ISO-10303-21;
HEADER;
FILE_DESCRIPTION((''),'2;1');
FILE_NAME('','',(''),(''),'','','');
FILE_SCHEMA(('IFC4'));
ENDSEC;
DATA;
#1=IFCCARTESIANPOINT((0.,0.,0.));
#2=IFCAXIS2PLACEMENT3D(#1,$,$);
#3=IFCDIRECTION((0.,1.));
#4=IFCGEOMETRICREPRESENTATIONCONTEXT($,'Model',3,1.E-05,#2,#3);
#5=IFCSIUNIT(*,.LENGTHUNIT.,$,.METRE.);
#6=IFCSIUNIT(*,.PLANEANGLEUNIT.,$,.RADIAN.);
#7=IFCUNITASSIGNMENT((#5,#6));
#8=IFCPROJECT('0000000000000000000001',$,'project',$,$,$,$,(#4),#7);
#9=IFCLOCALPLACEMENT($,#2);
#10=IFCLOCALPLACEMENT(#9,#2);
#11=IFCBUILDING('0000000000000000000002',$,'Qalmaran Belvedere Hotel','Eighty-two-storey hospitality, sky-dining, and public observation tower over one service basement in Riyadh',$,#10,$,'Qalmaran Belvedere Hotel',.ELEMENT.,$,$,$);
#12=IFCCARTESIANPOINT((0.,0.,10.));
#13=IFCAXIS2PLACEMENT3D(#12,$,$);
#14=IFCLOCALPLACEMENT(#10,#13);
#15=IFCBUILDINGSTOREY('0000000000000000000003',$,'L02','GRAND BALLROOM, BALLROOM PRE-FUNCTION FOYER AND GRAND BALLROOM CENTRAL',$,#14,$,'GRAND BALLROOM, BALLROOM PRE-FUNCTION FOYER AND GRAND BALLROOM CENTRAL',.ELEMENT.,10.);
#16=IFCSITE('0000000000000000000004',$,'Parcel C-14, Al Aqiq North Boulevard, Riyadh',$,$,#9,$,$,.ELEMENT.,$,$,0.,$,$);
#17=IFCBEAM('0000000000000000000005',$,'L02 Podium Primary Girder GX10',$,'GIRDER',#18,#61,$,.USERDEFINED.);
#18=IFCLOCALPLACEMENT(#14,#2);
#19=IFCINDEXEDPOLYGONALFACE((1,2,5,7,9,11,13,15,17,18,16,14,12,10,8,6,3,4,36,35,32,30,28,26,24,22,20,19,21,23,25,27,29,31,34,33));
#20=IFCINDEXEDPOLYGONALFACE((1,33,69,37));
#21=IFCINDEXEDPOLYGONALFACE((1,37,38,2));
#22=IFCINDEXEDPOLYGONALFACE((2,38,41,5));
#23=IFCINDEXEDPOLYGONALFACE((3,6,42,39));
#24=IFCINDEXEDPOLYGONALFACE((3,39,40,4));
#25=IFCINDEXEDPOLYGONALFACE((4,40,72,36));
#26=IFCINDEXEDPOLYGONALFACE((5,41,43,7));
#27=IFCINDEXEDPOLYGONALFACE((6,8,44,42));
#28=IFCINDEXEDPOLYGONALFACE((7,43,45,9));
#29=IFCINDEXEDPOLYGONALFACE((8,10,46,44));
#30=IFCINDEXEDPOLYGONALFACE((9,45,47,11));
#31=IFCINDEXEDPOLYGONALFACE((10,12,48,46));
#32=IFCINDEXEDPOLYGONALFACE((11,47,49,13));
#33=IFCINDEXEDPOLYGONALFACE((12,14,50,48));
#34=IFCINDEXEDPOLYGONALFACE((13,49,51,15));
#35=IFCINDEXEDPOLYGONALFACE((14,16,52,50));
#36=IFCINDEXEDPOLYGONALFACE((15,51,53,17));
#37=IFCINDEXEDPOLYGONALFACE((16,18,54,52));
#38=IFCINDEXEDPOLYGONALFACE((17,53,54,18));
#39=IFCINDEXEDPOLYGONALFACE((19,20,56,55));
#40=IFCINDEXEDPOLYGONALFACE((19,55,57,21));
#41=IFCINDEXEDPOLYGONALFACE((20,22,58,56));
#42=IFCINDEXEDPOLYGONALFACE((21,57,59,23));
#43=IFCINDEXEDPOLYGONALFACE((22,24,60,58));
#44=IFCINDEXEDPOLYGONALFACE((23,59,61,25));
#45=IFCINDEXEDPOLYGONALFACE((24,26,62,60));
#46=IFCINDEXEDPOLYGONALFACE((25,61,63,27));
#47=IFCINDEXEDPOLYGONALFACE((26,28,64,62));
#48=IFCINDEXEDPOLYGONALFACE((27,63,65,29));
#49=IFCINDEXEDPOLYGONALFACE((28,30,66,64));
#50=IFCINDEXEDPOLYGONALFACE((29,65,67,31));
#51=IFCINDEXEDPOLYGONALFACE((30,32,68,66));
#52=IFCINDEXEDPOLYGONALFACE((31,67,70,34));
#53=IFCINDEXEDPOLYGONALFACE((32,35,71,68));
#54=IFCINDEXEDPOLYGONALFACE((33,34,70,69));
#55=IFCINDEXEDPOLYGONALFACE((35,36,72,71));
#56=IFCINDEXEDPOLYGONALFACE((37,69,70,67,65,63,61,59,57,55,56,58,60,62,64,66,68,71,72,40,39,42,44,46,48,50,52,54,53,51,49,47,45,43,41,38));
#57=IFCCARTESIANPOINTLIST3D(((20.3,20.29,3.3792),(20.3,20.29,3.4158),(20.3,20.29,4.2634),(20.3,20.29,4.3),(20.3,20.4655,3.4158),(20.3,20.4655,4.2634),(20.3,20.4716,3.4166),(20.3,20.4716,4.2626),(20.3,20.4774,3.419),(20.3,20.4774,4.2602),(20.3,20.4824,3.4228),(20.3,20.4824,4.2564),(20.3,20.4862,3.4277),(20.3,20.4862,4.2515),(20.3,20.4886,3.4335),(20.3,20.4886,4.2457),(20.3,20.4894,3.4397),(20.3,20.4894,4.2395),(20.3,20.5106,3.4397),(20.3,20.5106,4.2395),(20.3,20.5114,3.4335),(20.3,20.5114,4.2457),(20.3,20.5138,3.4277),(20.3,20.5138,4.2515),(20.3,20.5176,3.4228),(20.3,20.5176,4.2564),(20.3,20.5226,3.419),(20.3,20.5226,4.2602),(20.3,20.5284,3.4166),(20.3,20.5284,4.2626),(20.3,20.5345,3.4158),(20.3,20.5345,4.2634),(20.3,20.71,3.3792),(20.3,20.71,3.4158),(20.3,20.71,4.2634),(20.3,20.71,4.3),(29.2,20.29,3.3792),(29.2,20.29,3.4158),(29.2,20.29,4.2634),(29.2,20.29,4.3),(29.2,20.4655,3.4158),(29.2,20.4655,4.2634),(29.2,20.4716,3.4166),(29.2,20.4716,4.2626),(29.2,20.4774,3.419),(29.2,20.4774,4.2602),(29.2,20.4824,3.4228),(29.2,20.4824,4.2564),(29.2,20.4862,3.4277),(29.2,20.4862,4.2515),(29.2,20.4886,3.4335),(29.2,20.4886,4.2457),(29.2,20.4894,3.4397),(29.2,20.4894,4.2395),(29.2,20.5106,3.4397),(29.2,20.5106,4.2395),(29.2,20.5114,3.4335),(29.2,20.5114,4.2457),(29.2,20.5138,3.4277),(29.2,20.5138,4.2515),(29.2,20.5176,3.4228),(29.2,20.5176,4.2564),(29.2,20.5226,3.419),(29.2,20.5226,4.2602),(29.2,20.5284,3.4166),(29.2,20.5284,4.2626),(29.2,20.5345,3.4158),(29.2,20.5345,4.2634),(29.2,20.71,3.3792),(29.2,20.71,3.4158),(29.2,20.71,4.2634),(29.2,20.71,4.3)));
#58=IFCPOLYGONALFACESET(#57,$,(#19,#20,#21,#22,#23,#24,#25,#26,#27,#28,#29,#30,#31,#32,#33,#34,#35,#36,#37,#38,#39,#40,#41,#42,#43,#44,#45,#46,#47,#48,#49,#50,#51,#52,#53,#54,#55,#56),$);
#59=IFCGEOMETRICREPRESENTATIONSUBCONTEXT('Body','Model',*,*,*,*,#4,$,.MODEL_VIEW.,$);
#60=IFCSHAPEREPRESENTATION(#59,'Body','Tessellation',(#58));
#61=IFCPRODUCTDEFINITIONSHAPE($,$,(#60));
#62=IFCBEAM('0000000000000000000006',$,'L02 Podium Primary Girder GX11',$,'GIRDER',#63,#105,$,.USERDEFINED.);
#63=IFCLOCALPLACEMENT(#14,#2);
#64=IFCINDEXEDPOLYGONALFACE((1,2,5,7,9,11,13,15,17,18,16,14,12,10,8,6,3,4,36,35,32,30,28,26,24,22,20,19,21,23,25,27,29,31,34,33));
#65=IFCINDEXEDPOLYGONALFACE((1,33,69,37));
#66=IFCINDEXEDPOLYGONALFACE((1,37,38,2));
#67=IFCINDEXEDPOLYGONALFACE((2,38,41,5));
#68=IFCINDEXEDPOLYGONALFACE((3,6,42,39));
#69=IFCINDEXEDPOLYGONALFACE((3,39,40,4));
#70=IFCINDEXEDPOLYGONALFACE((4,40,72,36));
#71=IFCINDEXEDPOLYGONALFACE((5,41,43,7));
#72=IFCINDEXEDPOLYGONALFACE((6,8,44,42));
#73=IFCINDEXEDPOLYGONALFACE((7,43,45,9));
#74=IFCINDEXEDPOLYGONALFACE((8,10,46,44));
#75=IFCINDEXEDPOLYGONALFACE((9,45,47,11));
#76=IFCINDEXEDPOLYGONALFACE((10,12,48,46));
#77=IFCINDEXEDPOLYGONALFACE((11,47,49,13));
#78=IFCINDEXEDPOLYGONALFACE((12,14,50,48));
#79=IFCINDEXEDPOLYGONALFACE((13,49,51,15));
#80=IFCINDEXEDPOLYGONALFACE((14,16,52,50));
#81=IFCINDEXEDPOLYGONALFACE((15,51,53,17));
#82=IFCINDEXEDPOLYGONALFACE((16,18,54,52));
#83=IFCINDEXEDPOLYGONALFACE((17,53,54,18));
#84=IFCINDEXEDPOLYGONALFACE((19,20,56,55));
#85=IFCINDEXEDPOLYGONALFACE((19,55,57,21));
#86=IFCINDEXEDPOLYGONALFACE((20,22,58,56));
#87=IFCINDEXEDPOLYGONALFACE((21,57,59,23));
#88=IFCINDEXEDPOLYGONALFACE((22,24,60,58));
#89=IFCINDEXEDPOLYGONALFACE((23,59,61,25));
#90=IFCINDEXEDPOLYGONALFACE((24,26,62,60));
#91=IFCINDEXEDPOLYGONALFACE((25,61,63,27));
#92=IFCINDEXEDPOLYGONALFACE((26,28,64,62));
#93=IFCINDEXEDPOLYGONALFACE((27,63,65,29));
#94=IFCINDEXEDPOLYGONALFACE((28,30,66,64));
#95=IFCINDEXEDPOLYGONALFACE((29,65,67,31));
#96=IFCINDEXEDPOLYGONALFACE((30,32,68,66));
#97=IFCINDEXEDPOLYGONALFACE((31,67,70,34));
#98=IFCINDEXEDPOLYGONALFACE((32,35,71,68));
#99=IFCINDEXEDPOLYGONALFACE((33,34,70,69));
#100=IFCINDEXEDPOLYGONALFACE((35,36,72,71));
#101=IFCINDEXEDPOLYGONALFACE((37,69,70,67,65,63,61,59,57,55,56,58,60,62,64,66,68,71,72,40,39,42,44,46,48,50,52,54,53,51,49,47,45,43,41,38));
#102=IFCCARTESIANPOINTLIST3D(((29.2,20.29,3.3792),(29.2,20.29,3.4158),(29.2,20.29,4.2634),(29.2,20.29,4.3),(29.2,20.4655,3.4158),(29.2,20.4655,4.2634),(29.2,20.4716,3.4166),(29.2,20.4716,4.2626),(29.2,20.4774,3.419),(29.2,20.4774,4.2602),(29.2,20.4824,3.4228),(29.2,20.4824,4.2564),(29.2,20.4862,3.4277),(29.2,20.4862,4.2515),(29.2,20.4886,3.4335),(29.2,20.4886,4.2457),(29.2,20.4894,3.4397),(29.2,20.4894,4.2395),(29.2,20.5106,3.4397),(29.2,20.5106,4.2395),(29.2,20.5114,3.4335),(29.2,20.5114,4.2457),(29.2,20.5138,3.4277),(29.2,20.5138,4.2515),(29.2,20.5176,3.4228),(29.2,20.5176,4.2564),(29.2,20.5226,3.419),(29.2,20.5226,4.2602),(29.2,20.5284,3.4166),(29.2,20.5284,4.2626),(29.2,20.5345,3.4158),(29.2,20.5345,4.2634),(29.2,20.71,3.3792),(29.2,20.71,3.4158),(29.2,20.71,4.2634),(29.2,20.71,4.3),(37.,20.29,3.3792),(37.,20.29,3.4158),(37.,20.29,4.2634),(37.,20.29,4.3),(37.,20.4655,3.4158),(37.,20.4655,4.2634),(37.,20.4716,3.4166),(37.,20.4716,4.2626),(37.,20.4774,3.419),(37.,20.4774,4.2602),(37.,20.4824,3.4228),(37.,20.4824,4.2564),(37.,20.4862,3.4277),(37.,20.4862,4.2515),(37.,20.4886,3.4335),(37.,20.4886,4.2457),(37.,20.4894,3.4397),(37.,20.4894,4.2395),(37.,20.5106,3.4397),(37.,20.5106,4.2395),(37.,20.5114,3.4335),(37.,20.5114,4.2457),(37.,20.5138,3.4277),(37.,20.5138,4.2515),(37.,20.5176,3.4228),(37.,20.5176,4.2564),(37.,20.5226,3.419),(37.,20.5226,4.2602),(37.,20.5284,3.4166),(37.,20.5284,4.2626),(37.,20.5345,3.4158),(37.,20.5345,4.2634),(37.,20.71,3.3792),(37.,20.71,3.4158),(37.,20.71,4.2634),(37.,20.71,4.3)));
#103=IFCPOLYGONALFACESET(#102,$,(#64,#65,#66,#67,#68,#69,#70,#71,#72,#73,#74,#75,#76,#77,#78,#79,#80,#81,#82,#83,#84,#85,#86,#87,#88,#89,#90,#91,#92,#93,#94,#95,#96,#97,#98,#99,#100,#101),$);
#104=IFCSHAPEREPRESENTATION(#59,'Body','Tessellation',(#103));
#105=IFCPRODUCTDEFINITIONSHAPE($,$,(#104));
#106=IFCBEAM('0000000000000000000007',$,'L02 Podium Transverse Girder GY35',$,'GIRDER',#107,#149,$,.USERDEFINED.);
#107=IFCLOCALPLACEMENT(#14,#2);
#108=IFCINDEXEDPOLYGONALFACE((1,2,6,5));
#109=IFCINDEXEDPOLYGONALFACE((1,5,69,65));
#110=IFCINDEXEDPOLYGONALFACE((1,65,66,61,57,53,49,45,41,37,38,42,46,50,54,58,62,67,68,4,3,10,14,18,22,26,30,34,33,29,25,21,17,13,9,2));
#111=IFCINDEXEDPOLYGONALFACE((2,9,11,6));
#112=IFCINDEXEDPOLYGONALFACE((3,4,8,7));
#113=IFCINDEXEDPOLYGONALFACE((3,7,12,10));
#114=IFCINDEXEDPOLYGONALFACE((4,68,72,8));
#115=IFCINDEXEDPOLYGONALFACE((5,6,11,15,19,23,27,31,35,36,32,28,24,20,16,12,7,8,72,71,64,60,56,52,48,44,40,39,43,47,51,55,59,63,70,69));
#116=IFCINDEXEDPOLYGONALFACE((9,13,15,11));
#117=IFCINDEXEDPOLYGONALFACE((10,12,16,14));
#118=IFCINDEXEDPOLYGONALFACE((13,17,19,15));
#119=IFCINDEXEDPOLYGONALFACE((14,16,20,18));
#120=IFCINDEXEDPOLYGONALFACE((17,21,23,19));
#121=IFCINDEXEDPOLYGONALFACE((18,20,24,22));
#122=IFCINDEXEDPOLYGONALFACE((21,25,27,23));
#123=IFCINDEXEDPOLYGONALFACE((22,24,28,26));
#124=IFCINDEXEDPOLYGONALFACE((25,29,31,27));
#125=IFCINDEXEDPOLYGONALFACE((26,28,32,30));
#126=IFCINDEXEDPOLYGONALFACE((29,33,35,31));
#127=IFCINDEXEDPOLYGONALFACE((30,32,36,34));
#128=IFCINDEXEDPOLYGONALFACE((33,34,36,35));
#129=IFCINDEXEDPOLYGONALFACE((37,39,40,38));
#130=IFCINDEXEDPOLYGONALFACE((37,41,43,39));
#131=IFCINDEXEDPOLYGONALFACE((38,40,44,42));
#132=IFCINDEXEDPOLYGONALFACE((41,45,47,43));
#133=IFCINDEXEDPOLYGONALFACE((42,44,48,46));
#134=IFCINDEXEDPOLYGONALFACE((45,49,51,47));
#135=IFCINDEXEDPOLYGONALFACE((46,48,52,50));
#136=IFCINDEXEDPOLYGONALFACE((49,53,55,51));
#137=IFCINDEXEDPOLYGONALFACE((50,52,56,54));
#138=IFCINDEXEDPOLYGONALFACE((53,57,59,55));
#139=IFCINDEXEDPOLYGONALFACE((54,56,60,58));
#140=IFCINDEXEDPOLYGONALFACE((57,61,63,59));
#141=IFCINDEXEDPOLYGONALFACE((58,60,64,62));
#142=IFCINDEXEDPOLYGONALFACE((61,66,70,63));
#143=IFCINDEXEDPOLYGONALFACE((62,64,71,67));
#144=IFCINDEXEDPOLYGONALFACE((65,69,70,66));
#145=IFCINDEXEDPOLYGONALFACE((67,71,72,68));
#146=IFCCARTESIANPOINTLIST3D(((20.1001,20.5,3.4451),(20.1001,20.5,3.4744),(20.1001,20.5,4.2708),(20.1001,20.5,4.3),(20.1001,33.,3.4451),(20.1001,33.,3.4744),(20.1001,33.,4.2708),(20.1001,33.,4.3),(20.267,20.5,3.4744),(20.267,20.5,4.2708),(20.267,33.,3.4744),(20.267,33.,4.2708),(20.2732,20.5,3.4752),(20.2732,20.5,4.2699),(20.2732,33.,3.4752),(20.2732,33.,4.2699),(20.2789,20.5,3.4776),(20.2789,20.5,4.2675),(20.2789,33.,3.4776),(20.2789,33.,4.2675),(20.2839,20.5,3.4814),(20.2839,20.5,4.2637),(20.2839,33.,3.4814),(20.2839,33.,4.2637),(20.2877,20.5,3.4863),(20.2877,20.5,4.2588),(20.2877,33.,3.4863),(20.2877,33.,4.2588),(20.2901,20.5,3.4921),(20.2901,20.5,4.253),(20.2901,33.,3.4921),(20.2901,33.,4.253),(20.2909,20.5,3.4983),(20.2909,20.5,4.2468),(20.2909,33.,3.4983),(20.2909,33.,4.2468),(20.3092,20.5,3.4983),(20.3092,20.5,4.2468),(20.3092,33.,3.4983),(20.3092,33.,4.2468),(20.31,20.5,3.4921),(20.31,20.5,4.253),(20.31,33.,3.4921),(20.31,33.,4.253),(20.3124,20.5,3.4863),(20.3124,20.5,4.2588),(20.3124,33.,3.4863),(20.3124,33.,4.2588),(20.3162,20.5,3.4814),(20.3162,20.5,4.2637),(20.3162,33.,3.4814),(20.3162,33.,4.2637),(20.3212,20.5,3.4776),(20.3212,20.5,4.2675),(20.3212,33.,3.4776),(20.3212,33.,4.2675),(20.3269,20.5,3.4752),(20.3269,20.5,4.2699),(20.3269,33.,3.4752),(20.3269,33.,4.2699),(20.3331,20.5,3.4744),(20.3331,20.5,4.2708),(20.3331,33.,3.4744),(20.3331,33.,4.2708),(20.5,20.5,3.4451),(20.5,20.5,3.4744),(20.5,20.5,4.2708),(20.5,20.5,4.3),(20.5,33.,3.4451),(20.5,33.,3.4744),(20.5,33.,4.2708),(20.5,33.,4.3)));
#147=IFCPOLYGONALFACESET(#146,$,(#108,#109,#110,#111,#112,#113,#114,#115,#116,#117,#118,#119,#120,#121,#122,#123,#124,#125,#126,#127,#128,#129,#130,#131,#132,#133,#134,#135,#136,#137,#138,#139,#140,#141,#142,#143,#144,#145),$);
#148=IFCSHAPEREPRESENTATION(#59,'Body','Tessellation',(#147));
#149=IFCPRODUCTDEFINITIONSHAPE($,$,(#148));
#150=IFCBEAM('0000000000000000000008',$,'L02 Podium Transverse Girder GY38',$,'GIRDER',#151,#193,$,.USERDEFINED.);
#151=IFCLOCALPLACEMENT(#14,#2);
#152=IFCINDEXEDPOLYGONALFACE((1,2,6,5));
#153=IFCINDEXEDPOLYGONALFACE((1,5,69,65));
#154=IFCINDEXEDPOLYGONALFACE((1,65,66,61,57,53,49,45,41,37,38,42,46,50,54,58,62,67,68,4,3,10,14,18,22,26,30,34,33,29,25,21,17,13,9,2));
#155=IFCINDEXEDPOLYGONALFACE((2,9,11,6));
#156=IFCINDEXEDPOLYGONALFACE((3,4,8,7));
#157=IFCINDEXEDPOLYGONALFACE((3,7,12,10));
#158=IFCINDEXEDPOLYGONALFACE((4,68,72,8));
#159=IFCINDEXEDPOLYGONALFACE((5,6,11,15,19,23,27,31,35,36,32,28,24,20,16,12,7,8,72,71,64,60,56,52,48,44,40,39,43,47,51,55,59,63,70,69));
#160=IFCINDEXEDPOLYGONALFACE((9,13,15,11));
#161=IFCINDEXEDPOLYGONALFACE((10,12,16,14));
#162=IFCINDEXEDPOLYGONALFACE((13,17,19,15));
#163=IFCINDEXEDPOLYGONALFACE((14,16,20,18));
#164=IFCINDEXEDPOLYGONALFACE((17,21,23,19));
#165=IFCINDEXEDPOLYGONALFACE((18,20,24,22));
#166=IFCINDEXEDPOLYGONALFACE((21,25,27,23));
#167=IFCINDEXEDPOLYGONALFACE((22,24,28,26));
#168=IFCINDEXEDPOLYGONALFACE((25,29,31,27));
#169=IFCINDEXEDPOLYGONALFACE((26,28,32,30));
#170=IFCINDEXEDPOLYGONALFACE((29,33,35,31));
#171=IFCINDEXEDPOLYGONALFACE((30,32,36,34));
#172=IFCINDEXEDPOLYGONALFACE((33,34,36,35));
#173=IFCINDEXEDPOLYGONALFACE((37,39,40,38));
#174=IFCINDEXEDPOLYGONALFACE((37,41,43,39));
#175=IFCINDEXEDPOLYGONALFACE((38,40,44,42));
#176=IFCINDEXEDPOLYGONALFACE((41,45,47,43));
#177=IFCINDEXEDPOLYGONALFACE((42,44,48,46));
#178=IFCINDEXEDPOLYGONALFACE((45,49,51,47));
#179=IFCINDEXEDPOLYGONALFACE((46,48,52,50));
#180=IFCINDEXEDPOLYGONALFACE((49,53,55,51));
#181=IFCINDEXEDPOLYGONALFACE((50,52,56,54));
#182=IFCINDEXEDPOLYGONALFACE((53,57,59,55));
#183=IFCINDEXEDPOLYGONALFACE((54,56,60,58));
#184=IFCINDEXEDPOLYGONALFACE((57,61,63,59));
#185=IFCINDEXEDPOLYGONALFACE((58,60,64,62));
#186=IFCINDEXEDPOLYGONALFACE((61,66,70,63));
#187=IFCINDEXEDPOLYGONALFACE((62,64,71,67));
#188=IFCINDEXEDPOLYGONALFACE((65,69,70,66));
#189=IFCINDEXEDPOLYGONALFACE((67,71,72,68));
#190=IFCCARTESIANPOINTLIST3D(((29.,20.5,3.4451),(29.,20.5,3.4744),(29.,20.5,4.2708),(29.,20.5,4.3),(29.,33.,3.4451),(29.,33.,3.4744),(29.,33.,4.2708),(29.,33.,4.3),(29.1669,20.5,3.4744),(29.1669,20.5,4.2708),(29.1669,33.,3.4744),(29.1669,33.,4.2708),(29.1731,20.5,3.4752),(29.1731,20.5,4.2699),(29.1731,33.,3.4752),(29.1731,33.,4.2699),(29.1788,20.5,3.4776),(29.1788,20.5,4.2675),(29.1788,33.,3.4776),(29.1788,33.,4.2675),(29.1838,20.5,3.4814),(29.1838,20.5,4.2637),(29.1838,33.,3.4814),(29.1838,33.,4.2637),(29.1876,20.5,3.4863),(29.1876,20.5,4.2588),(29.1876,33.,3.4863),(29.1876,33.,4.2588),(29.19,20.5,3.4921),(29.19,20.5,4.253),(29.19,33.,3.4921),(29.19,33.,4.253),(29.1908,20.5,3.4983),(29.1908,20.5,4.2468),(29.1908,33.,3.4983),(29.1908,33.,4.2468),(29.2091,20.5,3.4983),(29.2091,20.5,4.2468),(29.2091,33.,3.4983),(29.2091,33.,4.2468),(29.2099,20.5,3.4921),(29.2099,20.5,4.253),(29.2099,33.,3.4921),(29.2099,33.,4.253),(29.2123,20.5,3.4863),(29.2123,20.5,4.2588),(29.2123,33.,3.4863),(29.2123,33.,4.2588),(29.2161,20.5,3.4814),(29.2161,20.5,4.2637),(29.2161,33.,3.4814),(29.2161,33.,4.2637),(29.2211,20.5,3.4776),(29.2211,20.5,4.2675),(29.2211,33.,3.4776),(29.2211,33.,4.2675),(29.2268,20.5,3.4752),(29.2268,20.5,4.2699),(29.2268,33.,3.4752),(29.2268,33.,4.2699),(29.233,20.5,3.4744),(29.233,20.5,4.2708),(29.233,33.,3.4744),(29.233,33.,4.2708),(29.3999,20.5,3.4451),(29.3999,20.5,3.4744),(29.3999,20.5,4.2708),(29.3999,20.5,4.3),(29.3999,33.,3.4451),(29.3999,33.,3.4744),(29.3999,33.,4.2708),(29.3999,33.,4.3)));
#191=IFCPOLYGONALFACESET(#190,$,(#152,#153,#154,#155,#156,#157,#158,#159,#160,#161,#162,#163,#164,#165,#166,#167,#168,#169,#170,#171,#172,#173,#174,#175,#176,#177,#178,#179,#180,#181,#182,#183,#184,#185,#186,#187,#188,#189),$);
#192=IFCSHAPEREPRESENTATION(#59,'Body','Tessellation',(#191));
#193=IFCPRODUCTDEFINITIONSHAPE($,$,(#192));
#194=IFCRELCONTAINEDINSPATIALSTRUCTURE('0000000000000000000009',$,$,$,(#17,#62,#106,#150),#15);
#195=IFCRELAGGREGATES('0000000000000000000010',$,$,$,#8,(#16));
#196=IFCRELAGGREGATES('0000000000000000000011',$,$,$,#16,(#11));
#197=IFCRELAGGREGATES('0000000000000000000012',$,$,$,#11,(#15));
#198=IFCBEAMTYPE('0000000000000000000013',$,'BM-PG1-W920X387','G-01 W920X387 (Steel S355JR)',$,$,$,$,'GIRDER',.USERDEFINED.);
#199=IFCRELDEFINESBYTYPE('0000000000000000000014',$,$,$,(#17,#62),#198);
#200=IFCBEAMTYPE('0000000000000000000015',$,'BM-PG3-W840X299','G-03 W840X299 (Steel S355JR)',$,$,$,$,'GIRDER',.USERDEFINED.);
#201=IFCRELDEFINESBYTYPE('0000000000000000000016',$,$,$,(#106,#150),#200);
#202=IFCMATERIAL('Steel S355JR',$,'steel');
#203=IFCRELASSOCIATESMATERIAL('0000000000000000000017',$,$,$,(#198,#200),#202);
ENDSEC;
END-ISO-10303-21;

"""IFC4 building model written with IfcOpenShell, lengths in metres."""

from ifc_helpers import new_model, si_unit, direction, frame, origin, origin_2d, place, context, subcontext, project, spatial, i_section, extrude, material, material_profile, profile_set, type_object, element, save


model = new_model("IFC4")

# Units and contexts
model_context = context("Model", 3, precision=1e-05, world=origin(), true_north=direction((0.0, 1.0)))
body_context = subcontext(model_context, "Body", "Model", "MODEL_VIEW")
ifc_project = project(units=[si_unit("LENGTHUNIT", "METRE"), si_unit("PLANEANGLEUNIT", "RADIAN")], contexts=[model_context])

# Site, building, storey
site_placement = place(None, origin())
site = spatial("IfcSite", under=ifc_project, at=site_placement, Name="Parcel C-14, Al Aqiq North Boulevard, Riyadh", CompositionType="ELEMENT", RefElevation=0.0)
building_placement = place(site_placement, origin())
building = spatial("IfcBuilding", under=site, at=building_placement, Name="Qalmaran Belvedere Hotel", Description="Eighty-two-storey hospitality, sky-dining, and public observation tower over one service basement in Riyadh", LongName="Qalmaran Belvedere Hotel", CompositionType="ELEMENT")
storey_placement = place(building_placement, frame((0.0, 0.0, 10.0)))
storey = spatial("IfcBuildingStorey", under=building, at=storey_placement, Name="L02", Description="GRAND BALLROOM, BALLROOM PRE-FUNCTION FOYER AND GRAND BALLROOM CENTRAL", LongName="GRAND BALLROOM, BALLROOM PRE-FUNCTION FOYER AND GRAND BALLROOM CENTRAL", CompositionType="ELEMENT", Elevation=10.0)

# Beams
ifc_material_1 = material(Name="Steel S355JR", Category="steel")
ifc_material_profile_1 = material_profile(ifc_material_1, i_section(OverallWidth=0.4199, OverallDepth=0.9209, WebThickness=0.0212, FlangeThickness=0.0366, FilletRadius=0.0239, at=origin_2d()), Name="W920X387")
ifc_profile_set_1 = profile_set([ifc_material_profile_1], Name="Steel S355JR")
beam_type_1 = type_object("IfcBeamType", Name="BM-PG1-W920X387", Description="G-01 W920X387 (Steel S355JR)", ElementType="GIRDER", PredefinedType="USERDEFINED", material=ifc_profile_set_1)
beam_1_placement = place(storey_placement, frame((20.3, 20.5, 3.8396), z_axis=(1.0, 0.0, 0.0), x_axis=(0.0, 1.0, 0.0)))
element("IfcBeam", 1, at=beam_1_placement, inside=storey, type_object=beam_type_1, Name="L02 Podium Primary Girder GX10", ObjectType="GIRDER", PredefinedType="USERDEFINED", context=body_context, shape_type="SweptSolid", body=[
    extrude(i_section(OverallWidth=0.4199, OverallDepth=0.9209, WebThickness=0.0212, FlangeThickness=0.0366, FilletRadius=0.0239, at=origin_2d()), origin(), (0.0, 0.0, 1.0), 8.8999),
])
beam_2_placement = place(storey_placement, frame((29.2, 20.5, 3.8396), z_axis=(1.0, 0.0, 0.0), x_axis=(0.0, 1.0, 0.0)))
element("IfcBeam", 2, at=beam_2_placement, inside=storey, type_object=beam_type_1, Name="L02 Podium Primary Girder GX11", ObjectType="GIRDER", PredefinedType="USERDEFINED", context=body_context, shape_type="SweptSolid", body=[
    extrude(i_section(OverallWidth=0.4199, OverallDepth=0.9209, WebThickness=0.0212, FlangeThickness=0.0366, FilletRadius=0.0239, at=origin_2d()), origin(), (0.0, 0.0, 1.0), 7.8),
])
ifc_material_profile_2 = material_profile(ifc_material_1, i_section(OverallWidth=0.3999, OverallDepth=0.855, WebThickness=0.0183, FlangeThickness=0.0293, FilletRadius=0.0239, at=origin_2d()), Name="W840X299")
ifc_profile_set_2 = profile_set([ifc_material_profile_2], Name="Steel S355JR")
beam_type_2 = type_object("IfcBeamType", Name="BM-PG3-W840X299", Description="G-03 W840X299 (Steel S355JR)", ElementType="GIRDER", PredefinedType="USERDEFINED", material=ifc_profile_set_2)
for number, where, z_axis, x_axis, name in (
    (3, (20.3, 20.5, 3.8726), (0.0, 1.0, 0.0), (-1.0, 0.0, 0.0), "L02 Podium Transverse Girder GY35"),
    (4, (29.2, 20.5, 3.8726), (0.0, 1.0, 0.0), (-1.0, 0.0, 0.0), "L02 Podium Transverse Girder GY38"),
):
    element("IfcBeam", number, at=place(storey_placement, frame(where, z_axis=z_axis, x_axis=x_axis)), inside=storey, type_object=beam_type_2, Name=name, ObjectType="GIRDER", PredefinedType="USERDEFINED", context=body_context, shape_type="SweptSolid", body=[
        extrude(i_section(OverallWidth=0.3999, OverallDepth=0.855, WebThickness=0.0183, FlangeThickness=0.0293, FilletRadius=0.0239, at=origin_2d()), origin(), (0.0, 0.0, 1.0), 12.5),
    ])

save(model, "model.ifc")
